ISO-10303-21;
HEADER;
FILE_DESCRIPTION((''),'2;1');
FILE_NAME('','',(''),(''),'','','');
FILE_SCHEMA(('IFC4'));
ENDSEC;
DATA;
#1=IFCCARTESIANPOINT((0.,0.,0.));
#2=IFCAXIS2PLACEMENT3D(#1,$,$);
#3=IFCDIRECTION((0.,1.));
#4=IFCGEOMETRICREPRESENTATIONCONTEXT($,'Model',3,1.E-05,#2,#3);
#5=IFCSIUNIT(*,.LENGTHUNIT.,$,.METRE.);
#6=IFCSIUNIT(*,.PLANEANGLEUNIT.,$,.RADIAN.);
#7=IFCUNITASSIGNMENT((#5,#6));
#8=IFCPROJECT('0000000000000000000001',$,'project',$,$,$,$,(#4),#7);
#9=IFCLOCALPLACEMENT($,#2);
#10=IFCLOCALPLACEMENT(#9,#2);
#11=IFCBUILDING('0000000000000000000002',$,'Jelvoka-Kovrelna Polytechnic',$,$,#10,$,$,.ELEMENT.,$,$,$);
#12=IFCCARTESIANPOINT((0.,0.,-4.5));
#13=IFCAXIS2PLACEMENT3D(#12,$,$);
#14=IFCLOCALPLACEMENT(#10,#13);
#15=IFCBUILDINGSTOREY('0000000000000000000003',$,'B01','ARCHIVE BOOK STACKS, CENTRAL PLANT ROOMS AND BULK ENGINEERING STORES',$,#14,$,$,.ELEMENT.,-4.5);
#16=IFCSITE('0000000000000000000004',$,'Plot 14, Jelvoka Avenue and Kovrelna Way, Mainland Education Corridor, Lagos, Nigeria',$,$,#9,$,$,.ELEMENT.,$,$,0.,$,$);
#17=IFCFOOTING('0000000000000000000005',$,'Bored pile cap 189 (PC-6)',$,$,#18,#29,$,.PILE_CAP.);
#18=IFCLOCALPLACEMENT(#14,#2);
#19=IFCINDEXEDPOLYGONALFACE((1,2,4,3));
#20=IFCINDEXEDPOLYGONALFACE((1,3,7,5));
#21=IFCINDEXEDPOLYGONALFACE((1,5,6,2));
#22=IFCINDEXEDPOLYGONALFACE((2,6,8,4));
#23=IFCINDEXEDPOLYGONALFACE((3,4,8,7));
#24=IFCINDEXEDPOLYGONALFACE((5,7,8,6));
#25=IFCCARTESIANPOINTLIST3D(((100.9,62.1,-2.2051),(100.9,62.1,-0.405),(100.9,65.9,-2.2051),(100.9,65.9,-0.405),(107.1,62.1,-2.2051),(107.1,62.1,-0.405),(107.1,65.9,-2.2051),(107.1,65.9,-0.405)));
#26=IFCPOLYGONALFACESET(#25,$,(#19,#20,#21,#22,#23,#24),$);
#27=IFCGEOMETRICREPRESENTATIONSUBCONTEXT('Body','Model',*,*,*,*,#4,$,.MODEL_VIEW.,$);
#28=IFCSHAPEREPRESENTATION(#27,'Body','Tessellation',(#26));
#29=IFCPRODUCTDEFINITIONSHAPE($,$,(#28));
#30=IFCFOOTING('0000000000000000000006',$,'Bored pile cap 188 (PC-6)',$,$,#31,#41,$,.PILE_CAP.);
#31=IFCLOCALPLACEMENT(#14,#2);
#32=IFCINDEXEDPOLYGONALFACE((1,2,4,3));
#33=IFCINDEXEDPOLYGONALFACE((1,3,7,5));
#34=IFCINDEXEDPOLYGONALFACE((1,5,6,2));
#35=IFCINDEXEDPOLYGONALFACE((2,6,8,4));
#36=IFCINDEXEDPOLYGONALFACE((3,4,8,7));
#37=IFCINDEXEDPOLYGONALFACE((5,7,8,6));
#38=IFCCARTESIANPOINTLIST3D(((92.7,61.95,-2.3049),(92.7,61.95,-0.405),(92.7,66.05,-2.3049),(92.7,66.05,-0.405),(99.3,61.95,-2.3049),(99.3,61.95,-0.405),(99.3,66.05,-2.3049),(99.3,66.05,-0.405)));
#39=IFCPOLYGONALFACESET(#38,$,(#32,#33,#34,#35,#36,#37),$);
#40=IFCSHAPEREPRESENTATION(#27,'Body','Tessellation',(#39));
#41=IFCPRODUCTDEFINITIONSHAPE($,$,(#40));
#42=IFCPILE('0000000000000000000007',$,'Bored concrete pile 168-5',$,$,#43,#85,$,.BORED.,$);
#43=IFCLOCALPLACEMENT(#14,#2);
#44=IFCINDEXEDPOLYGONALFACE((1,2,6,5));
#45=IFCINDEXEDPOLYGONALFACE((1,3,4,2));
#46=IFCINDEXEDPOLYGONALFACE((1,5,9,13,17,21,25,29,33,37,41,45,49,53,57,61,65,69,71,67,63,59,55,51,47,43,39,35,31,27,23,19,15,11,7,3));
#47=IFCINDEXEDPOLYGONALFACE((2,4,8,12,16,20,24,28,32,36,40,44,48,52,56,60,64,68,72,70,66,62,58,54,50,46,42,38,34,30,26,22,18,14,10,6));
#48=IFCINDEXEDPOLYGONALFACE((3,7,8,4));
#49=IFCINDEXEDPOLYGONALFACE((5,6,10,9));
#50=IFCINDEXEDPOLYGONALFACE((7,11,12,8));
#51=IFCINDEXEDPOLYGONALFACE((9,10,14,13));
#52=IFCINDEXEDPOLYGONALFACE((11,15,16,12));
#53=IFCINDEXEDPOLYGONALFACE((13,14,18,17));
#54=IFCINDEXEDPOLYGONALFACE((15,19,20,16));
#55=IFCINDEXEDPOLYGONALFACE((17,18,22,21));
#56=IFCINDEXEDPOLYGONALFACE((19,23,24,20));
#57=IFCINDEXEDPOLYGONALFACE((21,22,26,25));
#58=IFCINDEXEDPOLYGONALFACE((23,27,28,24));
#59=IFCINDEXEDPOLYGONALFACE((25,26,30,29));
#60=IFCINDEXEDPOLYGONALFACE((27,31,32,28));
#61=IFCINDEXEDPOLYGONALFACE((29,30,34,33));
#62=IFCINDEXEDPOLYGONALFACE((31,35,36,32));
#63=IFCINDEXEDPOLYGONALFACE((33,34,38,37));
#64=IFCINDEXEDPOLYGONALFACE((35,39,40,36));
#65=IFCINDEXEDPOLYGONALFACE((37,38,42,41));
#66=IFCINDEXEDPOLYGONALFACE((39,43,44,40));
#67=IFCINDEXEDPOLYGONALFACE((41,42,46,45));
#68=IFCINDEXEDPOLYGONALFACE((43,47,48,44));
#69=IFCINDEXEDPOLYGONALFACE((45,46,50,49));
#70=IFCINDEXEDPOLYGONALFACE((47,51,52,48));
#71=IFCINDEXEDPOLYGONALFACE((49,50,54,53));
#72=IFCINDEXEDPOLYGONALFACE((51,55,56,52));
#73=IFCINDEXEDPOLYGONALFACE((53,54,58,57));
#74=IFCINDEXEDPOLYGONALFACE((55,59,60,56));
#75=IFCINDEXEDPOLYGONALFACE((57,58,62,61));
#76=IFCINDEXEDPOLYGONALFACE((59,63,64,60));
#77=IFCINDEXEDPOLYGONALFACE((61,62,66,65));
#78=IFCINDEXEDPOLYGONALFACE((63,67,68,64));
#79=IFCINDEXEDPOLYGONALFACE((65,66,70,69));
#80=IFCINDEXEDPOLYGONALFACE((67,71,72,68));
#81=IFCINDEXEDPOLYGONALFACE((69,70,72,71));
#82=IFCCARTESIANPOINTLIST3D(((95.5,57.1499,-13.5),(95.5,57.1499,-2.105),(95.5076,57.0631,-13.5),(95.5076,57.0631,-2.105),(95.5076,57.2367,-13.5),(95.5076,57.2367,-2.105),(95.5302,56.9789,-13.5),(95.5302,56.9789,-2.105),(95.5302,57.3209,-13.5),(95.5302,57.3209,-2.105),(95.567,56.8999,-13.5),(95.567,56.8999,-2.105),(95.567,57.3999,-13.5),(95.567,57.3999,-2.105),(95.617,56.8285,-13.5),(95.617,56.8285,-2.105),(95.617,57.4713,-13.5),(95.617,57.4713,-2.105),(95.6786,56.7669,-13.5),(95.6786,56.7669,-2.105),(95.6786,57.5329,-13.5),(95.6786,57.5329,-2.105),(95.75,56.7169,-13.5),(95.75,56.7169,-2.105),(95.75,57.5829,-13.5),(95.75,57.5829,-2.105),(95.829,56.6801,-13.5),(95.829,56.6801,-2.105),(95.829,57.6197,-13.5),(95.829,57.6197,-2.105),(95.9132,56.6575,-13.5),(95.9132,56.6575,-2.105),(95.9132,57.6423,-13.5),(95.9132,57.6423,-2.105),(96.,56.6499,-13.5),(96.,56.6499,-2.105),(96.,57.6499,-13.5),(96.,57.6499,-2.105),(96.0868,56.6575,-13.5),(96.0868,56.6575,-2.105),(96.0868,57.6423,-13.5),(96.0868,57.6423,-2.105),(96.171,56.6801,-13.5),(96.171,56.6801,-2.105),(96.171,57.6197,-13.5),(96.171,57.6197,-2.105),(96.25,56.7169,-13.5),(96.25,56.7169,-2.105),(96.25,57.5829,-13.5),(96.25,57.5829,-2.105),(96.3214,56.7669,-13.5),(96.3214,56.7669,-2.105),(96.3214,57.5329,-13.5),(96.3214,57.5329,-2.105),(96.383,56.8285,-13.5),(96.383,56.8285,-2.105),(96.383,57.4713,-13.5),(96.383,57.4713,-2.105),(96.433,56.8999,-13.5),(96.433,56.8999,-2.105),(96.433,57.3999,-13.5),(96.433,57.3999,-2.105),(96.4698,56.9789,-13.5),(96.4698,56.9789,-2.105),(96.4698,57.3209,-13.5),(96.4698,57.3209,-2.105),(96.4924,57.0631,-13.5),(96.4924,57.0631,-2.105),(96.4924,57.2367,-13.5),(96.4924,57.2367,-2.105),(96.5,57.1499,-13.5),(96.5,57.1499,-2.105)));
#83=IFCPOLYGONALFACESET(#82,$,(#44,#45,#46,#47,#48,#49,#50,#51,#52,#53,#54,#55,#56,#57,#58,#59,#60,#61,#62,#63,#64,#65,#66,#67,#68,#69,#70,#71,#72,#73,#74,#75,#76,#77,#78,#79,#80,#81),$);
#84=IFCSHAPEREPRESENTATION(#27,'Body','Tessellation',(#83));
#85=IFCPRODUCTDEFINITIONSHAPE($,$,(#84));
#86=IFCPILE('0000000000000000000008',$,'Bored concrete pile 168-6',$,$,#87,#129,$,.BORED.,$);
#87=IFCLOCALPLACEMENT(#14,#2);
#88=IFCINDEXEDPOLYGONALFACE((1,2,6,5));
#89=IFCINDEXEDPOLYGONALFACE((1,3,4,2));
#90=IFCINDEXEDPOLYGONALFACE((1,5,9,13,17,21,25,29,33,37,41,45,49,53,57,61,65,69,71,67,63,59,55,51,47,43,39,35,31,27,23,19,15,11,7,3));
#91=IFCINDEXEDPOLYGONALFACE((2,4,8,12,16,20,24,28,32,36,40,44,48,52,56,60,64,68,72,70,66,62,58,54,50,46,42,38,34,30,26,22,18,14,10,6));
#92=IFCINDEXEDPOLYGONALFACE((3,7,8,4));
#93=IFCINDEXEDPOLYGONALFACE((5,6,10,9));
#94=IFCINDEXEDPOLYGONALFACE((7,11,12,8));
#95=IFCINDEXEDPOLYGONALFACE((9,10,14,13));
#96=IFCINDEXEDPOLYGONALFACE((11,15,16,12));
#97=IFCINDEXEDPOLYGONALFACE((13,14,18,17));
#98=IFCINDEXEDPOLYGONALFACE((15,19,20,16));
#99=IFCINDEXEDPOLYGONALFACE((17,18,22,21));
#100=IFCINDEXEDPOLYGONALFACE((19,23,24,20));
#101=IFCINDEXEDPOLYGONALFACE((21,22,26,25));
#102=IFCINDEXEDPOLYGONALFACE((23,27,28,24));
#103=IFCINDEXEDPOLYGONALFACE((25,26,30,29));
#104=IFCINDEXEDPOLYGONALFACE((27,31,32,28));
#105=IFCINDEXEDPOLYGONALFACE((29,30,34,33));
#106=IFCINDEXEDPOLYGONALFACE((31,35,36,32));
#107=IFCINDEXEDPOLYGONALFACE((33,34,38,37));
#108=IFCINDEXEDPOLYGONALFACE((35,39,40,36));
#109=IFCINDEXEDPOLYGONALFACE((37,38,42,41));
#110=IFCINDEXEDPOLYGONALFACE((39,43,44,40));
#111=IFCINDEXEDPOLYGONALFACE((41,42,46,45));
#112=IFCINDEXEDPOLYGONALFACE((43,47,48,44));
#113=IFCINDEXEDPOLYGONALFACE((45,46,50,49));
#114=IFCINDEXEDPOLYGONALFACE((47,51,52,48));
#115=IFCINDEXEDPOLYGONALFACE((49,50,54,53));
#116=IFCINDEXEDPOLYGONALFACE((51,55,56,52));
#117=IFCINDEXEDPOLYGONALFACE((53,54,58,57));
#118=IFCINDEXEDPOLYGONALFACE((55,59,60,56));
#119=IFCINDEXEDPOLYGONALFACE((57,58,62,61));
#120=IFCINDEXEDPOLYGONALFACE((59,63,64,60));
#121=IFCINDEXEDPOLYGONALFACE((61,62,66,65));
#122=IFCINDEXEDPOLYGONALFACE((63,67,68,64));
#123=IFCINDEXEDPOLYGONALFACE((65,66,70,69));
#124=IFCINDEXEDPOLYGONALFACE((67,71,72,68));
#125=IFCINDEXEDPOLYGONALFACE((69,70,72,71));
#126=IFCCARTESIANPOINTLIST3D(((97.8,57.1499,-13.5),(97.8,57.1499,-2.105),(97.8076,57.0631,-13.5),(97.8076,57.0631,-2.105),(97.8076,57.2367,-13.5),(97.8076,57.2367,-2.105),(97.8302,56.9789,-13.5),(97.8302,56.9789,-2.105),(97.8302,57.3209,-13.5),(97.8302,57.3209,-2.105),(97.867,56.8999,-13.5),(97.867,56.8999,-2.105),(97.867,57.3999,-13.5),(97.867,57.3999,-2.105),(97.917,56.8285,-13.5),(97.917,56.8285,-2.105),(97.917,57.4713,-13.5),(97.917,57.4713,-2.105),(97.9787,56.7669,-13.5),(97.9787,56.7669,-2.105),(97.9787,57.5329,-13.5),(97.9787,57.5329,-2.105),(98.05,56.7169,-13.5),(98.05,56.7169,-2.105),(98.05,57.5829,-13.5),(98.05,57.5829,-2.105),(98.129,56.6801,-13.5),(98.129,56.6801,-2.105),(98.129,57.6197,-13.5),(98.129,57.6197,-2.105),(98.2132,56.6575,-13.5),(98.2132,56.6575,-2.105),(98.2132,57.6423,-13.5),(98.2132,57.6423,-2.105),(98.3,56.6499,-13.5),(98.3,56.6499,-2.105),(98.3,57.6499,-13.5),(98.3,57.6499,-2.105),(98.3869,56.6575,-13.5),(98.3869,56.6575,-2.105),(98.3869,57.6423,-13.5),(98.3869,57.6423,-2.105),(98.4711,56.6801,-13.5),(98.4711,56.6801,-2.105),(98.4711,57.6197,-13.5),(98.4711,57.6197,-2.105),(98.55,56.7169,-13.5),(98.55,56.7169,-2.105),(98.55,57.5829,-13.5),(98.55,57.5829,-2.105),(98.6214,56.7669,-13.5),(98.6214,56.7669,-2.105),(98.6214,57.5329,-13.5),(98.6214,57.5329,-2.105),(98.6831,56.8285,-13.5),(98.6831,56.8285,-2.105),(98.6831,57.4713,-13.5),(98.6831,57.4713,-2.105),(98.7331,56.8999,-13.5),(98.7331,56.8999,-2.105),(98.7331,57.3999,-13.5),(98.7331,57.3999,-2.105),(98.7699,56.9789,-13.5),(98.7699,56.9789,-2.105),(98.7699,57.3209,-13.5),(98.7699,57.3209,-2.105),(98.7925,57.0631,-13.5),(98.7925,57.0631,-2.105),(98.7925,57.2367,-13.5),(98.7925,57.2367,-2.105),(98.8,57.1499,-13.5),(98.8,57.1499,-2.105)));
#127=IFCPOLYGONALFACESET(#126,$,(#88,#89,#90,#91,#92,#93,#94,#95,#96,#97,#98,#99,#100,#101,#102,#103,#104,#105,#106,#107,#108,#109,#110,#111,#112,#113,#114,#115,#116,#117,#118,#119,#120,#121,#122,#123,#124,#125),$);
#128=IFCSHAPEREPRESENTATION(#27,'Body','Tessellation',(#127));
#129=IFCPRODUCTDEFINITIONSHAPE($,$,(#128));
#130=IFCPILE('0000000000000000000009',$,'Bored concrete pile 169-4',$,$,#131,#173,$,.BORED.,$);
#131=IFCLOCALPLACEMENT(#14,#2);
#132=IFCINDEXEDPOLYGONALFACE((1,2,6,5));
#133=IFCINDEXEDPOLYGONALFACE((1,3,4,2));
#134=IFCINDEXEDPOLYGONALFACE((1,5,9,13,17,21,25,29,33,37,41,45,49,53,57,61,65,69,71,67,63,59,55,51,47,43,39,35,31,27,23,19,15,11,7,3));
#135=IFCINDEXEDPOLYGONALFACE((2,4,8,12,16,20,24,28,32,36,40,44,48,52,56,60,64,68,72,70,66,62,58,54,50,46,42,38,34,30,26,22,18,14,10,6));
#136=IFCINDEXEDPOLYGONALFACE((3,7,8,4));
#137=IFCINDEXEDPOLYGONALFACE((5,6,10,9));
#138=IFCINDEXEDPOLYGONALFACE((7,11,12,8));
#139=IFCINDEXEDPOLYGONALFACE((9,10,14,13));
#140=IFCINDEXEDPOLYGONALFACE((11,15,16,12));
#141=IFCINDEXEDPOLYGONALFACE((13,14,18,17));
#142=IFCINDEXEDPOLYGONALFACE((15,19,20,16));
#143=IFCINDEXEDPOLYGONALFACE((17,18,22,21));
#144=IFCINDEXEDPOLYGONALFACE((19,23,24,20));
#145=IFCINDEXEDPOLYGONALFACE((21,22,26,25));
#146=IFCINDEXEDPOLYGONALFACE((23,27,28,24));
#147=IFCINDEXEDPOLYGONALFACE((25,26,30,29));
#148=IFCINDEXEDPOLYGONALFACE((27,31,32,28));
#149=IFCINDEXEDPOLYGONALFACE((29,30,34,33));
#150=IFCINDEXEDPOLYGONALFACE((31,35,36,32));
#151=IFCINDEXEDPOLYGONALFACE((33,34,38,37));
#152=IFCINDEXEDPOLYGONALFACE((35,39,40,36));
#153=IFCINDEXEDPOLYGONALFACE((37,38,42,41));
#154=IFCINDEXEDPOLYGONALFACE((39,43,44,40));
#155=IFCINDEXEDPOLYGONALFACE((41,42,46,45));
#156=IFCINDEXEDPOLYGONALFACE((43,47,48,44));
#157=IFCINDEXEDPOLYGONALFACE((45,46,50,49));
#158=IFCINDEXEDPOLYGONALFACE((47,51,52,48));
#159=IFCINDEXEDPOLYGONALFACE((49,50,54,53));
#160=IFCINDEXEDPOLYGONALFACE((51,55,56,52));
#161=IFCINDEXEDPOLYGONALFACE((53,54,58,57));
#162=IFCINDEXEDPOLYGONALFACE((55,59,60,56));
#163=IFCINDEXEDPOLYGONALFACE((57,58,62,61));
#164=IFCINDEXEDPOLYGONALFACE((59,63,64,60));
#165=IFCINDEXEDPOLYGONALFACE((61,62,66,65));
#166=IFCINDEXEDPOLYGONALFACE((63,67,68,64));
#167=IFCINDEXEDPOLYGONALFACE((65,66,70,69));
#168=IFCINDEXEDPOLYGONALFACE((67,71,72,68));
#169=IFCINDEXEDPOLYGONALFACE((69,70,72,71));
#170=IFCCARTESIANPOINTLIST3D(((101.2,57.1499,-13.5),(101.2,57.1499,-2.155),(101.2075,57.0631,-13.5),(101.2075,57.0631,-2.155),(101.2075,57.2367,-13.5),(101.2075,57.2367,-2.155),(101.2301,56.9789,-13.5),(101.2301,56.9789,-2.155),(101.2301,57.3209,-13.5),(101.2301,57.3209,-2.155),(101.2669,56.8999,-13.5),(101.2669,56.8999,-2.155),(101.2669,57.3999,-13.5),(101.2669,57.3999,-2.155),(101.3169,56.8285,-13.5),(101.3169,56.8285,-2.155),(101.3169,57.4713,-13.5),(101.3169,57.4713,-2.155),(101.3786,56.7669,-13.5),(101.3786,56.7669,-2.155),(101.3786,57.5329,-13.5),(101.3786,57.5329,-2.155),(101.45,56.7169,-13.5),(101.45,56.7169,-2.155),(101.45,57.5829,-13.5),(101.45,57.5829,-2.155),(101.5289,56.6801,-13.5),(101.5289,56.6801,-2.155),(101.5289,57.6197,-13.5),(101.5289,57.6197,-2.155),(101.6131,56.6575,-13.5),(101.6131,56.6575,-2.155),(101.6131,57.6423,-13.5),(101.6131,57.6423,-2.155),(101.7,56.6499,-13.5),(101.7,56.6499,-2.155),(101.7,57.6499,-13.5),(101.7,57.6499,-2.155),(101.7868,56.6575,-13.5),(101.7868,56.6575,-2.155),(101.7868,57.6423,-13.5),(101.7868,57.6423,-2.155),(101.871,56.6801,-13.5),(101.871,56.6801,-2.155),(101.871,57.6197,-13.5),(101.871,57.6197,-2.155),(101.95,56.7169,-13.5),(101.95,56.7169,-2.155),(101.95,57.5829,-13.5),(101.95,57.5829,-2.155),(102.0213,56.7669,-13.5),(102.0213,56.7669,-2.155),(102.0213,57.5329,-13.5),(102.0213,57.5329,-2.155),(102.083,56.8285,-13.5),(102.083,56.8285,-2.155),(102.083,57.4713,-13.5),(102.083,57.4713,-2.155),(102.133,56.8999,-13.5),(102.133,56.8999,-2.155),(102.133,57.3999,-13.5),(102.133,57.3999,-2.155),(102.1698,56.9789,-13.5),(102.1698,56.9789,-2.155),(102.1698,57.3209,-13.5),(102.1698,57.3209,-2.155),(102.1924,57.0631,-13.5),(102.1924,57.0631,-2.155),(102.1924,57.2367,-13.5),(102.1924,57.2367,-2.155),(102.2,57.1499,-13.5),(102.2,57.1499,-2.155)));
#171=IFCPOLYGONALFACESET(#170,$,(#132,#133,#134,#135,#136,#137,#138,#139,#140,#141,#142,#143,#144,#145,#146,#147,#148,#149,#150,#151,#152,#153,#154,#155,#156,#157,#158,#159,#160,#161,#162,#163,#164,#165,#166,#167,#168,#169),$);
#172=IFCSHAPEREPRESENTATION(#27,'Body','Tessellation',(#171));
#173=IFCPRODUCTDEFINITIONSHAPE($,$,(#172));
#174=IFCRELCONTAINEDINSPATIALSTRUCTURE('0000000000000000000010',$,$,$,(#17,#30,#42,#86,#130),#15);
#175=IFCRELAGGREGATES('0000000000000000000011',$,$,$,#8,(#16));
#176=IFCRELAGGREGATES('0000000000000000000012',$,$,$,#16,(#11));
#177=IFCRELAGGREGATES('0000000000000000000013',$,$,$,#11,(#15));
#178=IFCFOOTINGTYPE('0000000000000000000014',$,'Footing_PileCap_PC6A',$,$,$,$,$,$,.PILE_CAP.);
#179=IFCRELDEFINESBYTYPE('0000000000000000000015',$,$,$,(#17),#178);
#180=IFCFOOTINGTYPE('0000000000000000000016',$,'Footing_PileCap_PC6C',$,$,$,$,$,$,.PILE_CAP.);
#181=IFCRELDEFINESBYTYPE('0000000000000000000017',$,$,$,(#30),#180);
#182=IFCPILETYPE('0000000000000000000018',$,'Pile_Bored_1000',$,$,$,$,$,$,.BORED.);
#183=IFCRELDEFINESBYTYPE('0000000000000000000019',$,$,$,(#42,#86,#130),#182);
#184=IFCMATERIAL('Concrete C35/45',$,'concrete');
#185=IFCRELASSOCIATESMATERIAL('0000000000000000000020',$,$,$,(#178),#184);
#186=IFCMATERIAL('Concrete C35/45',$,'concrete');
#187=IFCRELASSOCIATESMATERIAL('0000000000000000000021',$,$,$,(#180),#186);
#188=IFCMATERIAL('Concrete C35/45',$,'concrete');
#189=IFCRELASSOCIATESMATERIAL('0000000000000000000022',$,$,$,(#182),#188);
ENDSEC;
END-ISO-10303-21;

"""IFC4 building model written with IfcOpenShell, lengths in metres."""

from ifc_helpers import new_model, si_unit, direction, frame, origin, origin_2d, place, context, subcontext, project, spatial, rectangle, circle, extrude, material, material_profile, profile_set, type_object, element, save


model = new_model("IFC4")

# Units and contexts
model_context = context("Model", 3, precision=1e-05, world=origin(), true_north=direction((0.0, 1.0)))
body_context = subcontext(model_context, "Body", "Model", "MODEL_VIEW")
ifc_project = project(units=[si_unit("LENGTHUNIT", "METRE"), si_unit("PLANEANGLEUNIT", "RADIAN")], contexts=[model_context])

# Site, building, storey
site_placement = place(None, origin())
site = spatial("IfcSite", under=ifc_project, at=site_placement, Name="Plot 14, Jelvoka Avenue and Kovrelna Way, Mainland Education Corridor, Lagos, Nigeria", CompositionType="ELEMENT", RefElevation=0.0)
building_placement = place(site_placement, origin())
building = spatial("IfcBuilding", under=site, at=building_placement, Name="Jelvoka-Kovrelna Polytechnic", CompositionType="ELEMENT")
storey_placement = place(building_placement, frame((0.0, 0.0, -4.5)))
storey = spatial("IfcBuildingStorey", under=building, at=storey_placement, Name="B01", Description="ARCHIVE BOOK STACKS, CENTRAL PLANT ROOMS AND BULK ENGINEERING STORES", CompositionType="ELEMENT", Elevation=-4.5)

# Footings
ifc_material_1 = material(Name="Concrete C35/45", Category="concrete")
footing_type_1 = type_object("IfcFootingType", Name="Footing_PileCap_PC6A", PredefinedType="PILE_CAP", material=ifc_material_1)
footing_1_placement = place(storey_placement, frame((104.0, 64.0, -2.2051), z_axis=(0.0, 0.0, 1.0), x_axis=(1.0, 0.0, 0.0)))
element("IfcFooting", 1, at=footing_1_placement, inside=storey, type_object=footing_type_1, Name="Bored pile cap 189 (PC-6)", PredefinedType="PILE_CAP", context=body_context, shape_type="SweptSolid", body=[
    extrude(rectangle(XDim=6.2, YDim=3.8, at=origin_2d()), origin(), (0.0, 0.0, 1.0), 1.8),
])
ifc_material_2 = material(Name="Concrete C35/45", Category="concrete")
footing_type_2 = type_object("IfcFootingType", Name="Footing_PileCap_PC6C", PredefinedType="PILE_CAP", material=ifc_material_2)
footing_2_placement = place(storey_placement, frame((96.0, 64.0, -2.3049), z_axis=(0.0, 0.0, 1.0), x_axis=(1.0, 0.0, 0.0)))
element("IfcFooting", 2, at=footing_2_placement, inside=storey, type_object=footing_type_2, Name="Bored pile cap 188 (PC-6)", PredefinedType="PILE_CAP", context=body_context, shape_type="SweptSolid", body=[
    extrude(rectangle(XDim=6.6001, YDim=4.1001, at=origin_2d()), origin(), (0.0, 0.0, 1.0), 1.8999),
])

# Piles
ifc_material_3 = material(Name="Concrete C35/45", Category="concrete")
ifc_material_profile_1 = material_profile(ifc_material_3, circle(Radius=0.5, at=origin_2d()), Name="PILE D1000")
ifc_profile_set_1 = profile_set([ifc_material_profile_1], Name="Concrete C35/45")
pile_type = type_object("IfcPileType", Name="Pile_Bored_1000", PredefinedType="BORED", material=ifc_profile_set_1)
for number, where, z_axis, x_axis, name in (
    (3, (96.0, 57.1499, -2.105), (0.0, 0.0, -1.0), (1.0, 0.0, 0.0), "Bored concrete pile 168-5"),
    (4, (98.3, 57.1499, -2.105), (0.0, 0.0, -1.0), (1.0, 0.0, 0.0), "Bored concrete pile 168-6"),
):
    element("IfcPile", number, at=place(storey_placement, frame(where, z_axis=z_axis, x_axis=x_axis)), inside=storey, type_object=pile_type, Name=name, PredefinedType="BORED", context=body_context, shape_type="SweptSolid", body=[
        extrude(circle(Radius=0.5, at=origin_2d()), origin(), (0.0, 0.0, 1.0), 11.395),
    ])
for number, where, z_axis, x_axis, name in (
    (5, (101.7, 57.1499, -2.155), (0.0, 0.0, -1.0), (1.0, 0.0, 0.0), "Bored concrete pile 169-4"),
):
    element("IfcPile", number, at=place(storey_placement, frame(where, z_axis=z_axis, x_axis=x_axis)), inside=storey, type_object=pile_type, Name=name, PredefinedType="BORED", context=body_context, shape_type="SweptSolid", body=[
        extrude(circle(Radius=0.5, at=origin_2d()), origin(), (0.0, 0.0, 1.0), 11.345),
    ])

save(model, "model.ifc")
